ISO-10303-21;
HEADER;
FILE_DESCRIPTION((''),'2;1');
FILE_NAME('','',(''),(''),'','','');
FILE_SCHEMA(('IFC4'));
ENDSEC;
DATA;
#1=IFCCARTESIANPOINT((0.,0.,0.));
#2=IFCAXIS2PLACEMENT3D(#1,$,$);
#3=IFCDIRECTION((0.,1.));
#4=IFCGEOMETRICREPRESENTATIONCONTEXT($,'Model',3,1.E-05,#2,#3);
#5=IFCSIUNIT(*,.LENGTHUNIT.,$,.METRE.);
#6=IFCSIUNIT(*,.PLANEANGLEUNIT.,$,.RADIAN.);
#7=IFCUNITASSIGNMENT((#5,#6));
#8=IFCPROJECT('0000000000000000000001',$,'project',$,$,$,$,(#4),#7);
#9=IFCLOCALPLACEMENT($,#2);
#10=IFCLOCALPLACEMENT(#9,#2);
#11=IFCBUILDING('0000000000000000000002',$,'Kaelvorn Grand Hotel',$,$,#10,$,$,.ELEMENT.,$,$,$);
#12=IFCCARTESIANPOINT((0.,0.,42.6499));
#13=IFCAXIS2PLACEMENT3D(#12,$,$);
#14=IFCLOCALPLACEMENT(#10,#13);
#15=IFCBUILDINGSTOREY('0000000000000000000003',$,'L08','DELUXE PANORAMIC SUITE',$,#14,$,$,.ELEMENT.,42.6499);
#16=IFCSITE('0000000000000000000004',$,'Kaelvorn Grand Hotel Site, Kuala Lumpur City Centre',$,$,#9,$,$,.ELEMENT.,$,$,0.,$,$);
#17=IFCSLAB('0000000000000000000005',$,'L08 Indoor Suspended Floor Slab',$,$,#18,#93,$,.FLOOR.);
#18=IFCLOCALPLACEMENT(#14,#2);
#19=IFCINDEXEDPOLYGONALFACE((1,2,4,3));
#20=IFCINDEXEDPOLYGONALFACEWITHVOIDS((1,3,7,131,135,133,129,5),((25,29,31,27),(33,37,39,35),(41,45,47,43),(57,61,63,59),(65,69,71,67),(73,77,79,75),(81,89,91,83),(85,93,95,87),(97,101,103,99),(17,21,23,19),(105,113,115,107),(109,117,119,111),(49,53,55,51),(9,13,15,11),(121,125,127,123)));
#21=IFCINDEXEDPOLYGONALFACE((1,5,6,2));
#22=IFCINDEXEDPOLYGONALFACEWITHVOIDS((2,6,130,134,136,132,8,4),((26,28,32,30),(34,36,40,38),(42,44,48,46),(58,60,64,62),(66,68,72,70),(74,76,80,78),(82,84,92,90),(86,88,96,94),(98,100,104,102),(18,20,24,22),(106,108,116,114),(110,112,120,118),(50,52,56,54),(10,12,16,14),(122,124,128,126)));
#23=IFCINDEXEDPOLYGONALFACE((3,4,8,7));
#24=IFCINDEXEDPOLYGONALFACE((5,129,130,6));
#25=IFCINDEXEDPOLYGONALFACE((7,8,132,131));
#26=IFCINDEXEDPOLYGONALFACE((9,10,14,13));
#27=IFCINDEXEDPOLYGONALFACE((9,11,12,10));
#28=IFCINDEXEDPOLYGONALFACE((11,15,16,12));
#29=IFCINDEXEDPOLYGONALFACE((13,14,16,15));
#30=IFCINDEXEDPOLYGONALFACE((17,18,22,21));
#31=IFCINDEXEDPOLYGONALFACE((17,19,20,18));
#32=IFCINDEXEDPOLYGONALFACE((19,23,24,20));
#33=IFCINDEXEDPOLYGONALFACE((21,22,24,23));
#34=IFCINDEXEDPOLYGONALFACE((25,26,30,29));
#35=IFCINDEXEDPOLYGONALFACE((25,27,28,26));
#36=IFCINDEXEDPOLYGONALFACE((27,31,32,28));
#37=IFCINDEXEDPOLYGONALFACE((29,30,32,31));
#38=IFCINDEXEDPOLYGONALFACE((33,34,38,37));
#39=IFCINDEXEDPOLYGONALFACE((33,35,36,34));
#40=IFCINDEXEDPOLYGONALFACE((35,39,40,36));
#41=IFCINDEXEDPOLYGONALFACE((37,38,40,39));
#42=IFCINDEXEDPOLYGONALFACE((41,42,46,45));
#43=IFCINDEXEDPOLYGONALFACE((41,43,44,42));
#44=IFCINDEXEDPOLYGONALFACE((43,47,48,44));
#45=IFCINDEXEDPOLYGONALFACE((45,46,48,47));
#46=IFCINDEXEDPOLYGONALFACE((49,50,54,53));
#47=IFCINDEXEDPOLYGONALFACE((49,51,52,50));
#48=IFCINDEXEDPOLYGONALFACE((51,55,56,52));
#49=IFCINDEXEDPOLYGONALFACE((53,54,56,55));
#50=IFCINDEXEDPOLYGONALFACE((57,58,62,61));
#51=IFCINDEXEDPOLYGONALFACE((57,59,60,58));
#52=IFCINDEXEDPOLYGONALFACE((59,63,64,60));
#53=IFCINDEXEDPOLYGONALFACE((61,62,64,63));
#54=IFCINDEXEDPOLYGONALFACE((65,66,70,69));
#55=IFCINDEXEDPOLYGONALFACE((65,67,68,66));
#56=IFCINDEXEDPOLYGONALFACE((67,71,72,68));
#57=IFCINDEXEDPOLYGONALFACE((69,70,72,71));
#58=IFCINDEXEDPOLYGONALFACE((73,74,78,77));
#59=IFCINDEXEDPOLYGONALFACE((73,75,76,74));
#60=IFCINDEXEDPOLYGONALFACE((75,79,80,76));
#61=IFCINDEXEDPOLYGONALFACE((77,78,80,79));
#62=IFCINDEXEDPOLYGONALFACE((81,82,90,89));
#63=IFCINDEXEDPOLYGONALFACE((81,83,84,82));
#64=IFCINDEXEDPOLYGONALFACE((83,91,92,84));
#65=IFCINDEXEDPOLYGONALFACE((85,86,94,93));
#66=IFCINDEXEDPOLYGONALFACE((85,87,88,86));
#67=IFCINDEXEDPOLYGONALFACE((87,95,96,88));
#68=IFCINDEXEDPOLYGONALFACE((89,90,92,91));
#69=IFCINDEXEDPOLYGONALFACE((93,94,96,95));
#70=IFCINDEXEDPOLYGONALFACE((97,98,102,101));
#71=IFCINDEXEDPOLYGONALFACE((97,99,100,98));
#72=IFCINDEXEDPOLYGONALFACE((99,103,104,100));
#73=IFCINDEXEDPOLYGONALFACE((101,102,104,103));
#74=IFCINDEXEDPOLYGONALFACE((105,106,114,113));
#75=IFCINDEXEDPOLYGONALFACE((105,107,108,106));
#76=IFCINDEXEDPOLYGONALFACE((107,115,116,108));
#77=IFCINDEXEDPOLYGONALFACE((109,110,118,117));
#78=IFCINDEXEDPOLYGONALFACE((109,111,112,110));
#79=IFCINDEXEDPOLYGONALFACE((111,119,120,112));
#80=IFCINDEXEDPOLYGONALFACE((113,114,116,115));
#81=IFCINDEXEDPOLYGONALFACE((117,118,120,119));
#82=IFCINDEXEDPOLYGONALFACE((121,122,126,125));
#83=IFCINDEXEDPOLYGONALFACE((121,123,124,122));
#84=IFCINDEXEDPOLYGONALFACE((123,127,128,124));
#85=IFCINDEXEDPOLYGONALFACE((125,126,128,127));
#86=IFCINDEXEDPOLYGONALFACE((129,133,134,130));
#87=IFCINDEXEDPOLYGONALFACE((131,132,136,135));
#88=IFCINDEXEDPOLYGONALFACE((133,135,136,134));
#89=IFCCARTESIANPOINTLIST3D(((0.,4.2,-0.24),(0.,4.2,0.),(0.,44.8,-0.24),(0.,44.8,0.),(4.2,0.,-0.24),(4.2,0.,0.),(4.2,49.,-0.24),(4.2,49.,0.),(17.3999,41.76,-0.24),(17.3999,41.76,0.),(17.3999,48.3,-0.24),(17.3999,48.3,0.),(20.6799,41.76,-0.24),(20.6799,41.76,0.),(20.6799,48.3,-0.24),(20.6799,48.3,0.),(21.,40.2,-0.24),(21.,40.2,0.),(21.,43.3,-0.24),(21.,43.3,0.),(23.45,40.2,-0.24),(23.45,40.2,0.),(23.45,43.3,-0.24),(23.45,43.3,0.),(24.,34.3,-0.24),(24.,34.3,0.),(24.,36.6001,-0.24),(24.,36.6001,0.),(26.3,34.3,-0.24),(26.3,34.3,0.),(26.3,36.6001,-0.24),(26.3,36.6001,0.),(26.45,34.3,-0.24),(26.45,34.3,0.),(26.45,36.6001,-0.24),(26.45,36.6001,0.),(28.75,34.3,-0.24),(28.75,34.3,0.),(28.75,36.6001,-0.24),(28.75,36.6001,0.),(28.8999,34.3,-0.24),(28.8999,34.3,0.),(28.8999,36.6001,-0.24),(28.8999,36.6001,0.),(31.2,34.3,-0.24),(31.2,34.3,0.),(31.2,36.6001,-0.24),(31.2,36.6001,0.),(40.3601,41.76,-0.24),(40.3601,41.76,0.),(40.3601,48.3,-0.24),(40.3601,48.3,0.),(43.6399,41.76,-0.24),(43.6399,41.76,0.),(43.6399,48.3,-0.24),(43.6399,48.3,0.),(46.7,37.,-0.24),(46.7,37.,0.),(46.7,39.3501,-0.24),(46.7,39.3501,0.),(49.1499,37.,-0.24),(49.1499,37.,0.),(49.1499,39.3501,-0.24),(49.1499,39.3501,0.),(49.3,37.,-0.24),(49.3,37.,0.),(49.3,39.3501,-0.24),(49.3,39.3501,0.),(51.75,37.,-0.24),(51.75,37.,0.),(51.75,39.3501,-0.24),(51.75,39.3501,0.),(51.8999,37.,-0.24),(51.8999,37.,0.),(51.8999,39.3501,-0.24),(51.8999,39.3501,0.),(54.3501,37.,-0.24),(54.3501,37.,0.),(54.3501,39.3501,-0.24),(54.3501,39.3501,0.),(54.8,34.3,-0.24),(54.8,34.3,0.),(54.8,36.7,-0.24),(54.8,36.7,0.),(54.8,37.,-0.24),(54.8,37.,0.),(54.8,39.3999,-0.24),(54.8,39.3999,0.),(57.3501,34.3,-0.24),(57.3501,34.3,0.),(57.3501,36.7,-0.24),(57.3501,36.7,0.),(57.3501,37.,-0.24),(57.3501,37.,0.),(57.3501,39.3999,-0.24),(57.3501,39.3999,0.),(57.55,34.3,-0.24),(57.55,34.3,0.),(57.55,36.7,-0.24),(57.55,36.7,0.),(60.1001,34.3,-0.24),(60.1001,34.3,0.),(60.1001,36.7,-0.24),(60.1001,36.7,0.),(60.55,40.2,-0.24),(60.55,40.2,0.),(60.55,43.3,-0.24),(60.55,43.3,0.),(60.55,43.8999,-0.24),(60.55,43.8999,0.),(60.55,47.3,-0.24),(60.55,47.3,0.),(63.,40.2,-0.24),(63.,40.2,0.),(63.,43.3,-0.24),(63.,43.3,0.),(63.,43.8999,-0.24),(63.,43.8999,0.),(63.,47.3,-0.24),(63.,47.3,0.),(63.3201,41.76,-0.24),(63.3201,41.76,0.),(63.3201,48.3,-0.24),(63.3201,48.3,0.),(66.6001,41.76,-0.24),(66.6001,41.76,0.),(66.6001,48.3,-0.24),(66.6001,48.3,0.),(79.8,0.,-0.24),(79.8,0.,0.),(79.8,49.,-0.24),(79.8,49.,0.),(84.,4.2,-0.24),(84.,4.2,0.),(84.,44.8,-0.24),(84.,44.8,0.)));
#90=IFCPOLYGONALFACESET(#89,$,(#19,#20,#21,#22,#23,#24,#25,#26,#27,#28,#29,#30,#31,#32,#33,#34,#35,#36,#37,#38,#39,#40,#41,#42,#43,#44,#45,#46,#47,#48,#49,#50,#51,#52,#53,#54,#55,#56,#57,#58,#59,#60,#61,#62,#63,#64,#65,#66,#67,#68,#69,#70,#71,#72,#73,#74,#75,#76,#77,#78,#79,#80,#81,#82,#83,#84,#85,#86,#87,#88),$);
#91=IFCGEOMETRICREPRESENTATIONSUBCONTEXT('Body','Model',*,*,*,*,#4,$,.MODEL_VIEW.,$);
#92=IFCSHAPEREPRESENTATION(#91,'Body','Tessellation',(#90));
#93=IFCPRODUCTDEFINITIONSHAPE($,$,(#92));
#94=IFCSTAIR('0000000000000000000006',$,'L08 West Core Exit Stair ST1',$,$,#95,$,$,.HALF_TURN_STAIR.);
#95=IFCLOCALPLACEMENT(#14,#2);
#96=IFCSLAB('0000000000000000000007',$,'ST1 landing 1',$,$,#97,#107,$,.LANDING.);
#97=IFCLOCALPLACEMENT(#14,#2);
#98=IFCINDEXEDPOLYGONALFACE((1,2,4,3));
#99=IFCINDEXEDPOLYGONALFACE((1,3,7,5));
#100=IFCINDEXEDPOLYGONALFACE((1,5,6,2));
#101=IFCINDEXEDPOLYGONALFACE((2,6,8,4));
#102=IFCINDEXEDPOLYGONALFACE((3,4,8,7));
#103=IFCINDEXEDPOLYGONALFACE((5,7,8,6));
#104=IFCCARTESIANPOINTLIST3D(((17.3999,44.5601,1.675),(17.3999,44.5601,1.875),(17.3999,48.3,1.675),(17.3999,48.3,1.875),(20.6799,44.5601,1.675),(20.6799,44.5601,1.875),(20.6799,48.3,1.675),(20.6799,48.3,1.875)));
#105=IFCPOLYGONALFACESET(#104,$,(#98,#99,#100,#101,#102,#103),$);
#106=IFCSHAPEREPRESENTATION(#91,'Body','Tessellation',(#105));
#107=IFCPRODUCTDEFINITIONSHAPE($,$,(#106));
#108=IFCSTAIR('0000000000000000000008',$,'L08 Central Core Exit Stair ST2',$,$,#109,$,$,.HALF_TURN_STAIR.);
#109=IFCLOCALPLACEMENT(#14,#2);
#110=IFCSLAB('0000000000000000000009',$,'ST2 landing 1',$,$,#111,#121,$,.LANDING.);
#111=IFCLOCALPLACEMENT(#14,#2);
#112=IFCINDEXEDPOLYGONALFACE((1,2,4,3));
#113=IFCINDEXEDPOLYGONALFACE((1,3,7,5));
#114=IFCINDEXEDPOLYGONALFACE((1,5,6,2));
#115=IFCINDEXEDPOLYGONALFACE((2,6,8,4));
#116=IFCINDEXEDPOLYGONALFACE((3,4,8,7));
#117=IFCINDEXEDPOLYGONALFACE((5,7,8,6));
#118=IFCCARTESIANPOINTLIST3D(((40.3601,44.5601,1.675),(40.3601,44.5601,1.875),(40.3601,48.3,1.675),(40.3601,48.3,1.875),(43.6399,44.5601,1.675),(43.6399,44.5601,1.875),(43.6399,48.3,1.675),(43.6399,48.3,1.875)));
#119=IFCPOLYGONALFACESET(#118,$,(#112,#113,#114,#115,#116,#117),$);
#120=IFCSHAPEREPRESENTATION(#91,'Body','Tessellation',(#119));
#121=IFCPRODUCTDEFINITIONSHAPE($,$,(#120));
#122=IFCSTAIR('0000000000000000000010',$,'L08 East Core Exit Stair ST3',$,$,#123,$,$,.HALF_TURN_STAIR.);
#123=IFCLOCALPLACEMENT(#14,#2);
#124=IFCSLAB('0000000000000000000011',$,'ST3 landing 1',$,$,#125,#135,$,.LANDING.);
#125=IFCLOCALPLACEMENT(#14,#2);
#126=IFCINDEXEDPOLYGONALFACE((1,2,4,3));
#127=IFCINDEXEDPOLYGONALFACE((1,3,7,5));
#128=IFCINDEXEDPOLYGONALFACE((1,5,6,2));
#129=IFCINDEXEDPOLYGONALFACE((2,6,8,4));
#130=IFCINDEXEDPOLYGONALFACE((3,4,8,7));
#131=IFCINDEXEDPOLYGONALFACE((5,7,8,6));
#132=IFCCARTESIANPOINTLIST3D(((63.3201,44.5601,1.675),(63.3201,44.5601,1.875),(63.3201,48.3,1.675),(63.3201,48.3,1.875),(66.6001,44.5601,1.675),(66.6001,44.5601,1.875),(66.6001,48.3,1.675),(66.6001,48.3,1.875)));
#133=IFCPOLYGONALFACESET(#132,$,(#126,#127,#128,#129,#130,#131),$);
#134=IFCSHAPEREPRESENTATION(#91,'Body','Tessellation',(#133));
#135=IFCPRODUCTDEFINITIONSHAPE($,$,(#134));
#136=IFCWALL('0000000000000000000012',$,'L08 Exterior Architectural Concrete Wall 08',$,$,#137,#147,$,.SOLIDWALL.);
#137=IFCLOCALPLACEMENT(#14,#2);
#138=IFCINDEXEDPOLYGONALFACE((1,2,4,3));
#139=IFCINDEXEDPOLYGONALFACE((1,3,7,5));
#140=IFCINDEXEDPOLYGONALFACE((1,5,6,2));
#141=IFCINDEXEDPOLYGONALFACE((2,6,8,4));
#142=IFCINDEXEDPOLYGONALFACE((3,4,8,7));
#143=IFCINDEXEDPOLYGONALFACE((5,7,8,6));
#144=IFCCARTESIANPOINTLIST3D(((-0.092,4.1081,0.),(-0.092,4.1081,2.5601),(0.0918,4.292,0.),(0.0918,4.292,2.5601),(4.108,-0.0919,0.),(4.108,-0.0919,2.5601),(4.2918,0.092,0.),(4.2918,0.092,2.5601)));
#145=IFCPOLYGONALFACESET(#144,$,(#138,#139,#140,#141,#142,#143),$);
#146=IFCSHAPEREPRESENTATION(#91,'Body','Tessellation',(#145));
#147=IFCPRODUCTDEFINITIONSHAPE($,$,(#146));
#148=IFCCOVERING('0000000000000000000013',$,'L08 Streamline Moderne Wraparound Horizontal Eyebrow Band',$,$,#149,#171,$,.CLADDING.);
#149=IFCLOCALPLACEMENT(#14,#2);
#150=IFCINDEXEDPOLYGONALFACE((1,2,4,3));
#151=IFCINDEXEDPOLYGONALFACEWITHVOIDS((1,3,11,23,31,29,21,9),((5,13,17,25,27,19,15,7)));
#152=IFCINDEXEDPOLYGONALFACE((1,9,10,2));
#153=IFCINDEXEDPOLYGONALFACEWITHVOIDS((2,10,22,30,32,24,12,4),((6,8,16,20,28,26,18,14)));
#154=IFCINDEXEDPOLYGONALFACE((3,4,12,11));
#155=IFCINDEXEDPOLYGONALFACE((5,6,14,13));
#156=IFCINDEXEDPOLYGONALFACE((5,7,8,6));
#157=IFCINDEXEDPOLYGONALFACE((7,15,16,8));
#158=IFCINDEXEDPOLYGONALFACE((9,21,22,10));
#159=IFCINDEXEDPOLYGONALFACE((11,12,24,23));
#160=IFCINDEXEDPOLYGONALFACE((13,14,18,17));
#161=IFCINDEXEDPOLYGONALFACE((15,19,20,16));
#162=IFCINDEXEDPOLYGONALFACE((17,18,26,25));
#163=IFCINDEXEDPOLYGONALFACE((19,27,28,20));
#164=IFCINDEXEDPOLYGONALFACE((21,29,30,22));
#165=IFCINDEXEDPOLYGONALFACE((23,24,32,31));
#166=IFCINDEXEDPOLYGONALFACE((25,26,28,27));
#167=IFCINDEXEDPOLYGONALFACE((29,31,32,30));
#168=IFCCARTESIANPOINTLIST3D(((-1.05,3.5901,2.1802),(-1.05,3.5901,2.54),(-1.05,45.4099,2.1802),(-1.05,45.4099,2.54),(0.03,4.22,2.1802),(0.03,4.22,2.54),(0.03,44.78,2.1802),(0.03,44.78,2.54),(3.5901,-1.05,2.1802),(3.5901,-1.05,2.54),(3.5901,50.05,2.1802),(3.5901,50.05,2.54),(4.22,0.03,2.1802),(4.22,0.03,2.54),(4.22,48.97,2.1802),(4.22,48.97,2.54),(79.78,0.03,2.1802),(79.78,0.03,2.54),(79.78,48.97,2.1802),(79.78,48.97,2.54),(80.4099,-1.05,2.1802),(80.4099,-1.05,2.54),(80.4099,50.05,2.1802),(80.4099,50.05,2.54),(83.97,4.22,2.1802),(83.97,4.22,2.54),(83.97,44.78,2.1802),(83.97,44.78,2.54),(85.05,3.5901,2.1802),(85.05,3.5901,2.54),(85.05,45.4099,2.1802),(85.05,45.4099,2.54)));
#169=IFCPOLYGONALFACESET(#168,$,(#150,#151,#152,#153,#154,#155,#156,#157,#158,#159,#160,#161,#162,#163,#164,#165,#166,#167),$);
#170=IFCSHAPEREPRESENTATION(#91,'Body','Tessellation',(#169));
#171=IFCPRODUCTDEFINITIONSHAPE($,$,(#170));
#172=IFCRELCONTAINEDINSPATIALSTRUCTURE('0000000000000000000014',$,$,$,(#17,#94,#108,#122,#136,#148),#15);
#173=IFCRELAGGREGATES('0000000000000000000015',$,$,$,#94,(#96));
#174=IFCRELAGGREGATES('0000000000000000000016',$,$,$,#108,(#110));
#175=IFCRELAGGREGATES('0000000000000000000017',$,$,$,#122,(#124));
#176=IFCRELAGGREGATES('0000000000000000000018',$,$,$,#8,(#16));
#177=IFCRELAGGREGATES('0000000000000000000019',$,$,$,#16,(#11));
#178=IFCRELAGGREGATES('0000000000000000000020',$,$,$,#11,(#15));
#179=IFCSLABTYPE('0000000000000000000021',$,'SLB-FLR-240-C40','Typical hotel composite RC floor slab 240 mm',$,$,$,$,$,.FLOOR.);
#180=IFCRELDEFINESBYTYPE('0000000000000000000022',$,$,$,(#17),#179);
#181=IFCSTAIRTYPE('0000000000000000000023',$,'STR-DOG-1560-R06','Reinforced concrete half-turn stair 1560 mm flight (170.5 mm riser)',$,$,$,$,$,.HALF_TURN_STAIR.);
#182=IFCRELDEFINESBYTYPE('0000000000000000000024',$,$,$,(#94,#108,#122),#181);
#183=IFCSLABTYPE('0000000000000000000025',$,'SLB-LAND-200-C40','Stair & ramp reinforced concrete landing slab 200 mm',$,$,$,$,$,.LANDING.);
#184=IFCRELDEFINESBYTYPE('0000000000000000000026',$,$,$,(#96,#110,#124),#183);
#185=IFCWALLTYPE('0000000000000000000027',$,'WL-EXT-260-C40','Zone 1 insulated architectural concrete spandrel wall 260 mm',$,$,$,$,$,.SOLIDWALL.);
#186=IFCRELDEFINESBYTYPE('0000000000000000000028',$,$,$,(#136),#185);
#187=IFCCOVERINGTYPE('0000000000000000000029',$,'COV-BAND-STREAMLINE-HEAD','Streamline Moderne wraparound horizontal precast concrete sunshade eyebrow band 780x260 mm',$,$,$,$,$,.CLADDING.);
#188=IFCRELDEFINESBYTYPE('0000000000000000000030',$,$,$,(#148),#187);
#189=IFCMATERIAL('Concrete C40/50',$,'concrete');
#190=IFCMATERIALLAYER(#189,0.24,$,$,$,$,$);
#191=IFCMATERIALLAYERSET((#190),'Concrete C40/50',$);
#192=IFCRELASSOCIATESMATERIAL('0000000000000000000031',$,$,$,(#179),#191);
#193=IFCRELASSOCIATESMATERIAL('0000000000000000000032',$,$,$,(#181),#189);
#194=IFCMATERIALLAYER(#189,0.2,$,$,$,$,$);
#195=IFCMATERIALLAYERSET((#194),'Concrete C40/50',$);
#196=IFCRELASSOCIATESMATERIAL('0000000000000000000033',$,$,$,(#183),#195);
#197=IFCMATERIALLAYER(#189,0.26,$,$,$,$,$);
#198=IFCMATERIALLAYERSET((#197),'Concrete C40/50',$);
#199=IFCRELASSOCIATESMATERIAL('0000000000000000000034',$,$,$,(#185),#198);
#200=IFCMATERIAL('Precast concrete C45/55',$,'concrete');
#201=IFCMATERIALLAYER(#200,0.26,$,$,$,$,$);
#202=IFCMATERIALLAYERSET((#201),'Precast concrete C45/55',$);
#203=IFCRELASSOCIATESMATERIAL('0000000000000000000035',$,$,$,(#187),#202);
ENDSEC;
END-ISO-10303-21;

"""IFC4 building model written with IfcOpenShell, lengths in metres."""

from ifc_helpers import new_model, si_unit, direction, frame, frame_2d, origin, place, context, subcontext, project, spatial, polyline, rectangle, outline, extrude, material, layer, layer_set, type_object, element, aggregate, save


model = new_model("IFC4")

# Units and contexts
model_context = context("Model", 3, precision=1e-05, world=origin(), true_north=direction((0.0, 1.0)))
body_context = subcontext(model_context, "Body", "Model", "MODEL_VIEW")
ifc_project = project(units=[si_unit("LENGTHUNIT", "METRE"), si_unit("PLANEANGLEUNIT", "RADIAN")], contexts=[model_context])

# Site, building, storey
site_placement = place(None, origin())
site = spatial("IfcSite", under=ifc_project, at=site_placement, Name="Kaelvorn Grand Hotel Site, Kuala Lumpur City Centre", CompositionType="ELEMENT", RefElevation=0.0)
building_placement = place(site_placement, origin())
building = spatial("IfcBuilding", under=site, at=building_placement, Name="Kaelvorn Grand Hotel", CompositionType="ELEMENT")
storey_placement = place(building_placement, frame((0.0, 0.0, 42.6499)))
storey = spatial("IfcBuildingStorey", under=building, at=storey_placement, Name="L08", Description="DELUXE PANORAMIC SUITE", CompositionType="ELEMENT", Elevation=42.6499)

# Slab
ifc_material_1 = material(Name="Concrete C40/50", Category="concrete")
ifc_layer_1 = layer(ifc_material_1, 0.24)
ifc_layer_set_1 = layer_set([ifc_layer_1], Name="Concrete C40/50")
slab_type_1 = type_object("IfcSlabType", Name="SLB-FLR-240-C40", Description="Typical hotel composite RC floor slab 240 mm", PredefinedType="FLOOR", material=ifc_layer_set_1)
slab_1_placement = place(storey_placement, frame((0.0, 0.0, -0.24)))
element("IfcSlab", 1, at=slab_1_placement, inside=storey, type_object=slab_type_1, Name="L08 Indoor Suspended Floor Slab", PredefinedType="FLOOR", context=body_context, shape_type="SweptSolid", body=[
    extrude(outline(polyline([(4.2, 0.0), (79.8, 0.0), (84.0, 4.2), (84.0, 44.8), (79.8, 49.0), (4.2, 49.0), (0.0, 44.8), (0.0, 4.2), (4.2, 0.0)]), holes=[polyline([(17.3999, 41.76), (17.3999, 48.3), (20.6799, 48.3), (20.6799, 41.76), (17.3999, 41.76)]), polyline([(40.3601, 41.76), (40.3601, 48.3), (43.6399, 48.3), (43.6399, 41.76), (40.3601, 41.76)]), polyline([(63.3201, 41.76), (63.3201, 48.3), (66.6001, 48.3), (66.6001, 41.76), (63.3201, 41.76)]), polyline([(24.0, 34.3), (24.0, 36.6001), (26.3, 36.6001), (26.3, 34.3), (24.0, 34.3)]), polyline([(26.45, 34.3), (26.45, 36.6001), (28.75, 36.6001), (28.75, 34.3), (26.45, 34.3)]), polyline([(28.8999, 34.3), (28.8999, 36.6001), (31.2, 36.6001), (31.2, 34.3), (28.8999, 34.3)]), polyline([(46.7, 37.0), (46.7, 39.3501), (49.1499, 39.3501), (49.1499, 37.0), (46.7, 37.0)]), polyline([(49.3, 37.0), (49.3, 39.3501), (51.75, 39.3501), (51.75, 37.0), (49.3, 37.0)]), polyline([(51.8999, 37.0), (51.8999, 39.3501), (54.3501, 39.3501), (54.3501, 37.0), (51.8999, 37.0)]), polyline([(54.8, 34.3), (54.8, 36.7), (57.3501, 36.7), (57.3501, 34.3), (54.8, 34.3)]), polyline([(57.55, 34.3), (57.55, 36.7), (60.1001, 36.7), (60.1001, 34.3), (57.55, 34.3)]), polyline([(54.8, 37.0), (54.8, 39.3999), (57.3501, 39.3999), (57.3501, 37.0), (54.8, 37.0)]), polyline([(21.0, 40.2), (21.0, 43.3), (23.45, 43.3), (23.45, 40.2), (21.0, 40.2)]), polyline([(60.55, 40.2), (60.55, 43.3), (63.0, 43.3), (63.0, 40.2), (60.55, 40.2)]), polyline([(60.55, 43.8999), (60.55, 47.3), (63.0, 47.3), (63.0, 43.8999), (60.55, 43.8999)])]), origin(), (0.0, 0.0, 1.0), 0.24),
])

# Stairs, slabs
stair_type = type_object("IfcStairType", Name="STR-DOG-1560-R06", Description="Reinforced concrete half-turn stair 1560 mm flight (170.5 mm riser)", PredefinedType="HALF_TURN_STAIR", material=ifc_material_1)
stair_1_placement = place(storey_placement, origin())
stair_1 = element("IfcStair", 2, at=stair_1_placement, inside=storey, type_object=stair_type, Name="L08 West Core Exit Stair ST1", PredefinedType="HALF_TURN_STAIR")
ifc_layer_2 = layer(ifc_material_1, 0.2)
ifc_layer_set_2 = layer_set([ifc_layer_2], Name="Concrete C40/50")
slab_type_2 = type_object("IfcSlabType", Name="SLB-LAND-200-C40", Description="Stair & ramp reinforced concrete landing slab 200 mm", PredefinedType="LANDING", material=ifc_layer_set_2)
slab_2_placement = place(storey_placement, frame((0.0, 0.0, 1.675)))
slab_2 = element("IfcSlab", 3, at=slab_2_placement, type_object=slab_type_2, Name="ST1 landing 1", PredefinedType="LANDING", context=body_context, shape_type="SweptSolid", body=[
    extrude(outline(polyline([(20.6799, 44.5601), (20.6799, 48.3), (17.3999, 48.3), (17.3999, 44.5601), (20.6799, 44.5601)])), origin(), (0.0, 0.0, 1.0), 0.2),
])
aggregate(stair_1, [slab_2])
stair_2_placement = place(storey_placement, origin())
stair_2 = element("IfcStair", 4, at=stair_2_placement, inside=storey, type_object=stair_type, Name="L08 Central Core Exit Stair ST2", PredefinedType="HALF_TURN_STAIR")
slab_3_placement = place(storey_placement, frame((0.0, 0.0, 1.675)))
slab_3 = element("IfcSlab", 5, at=slab_3_placement, type_object=slab_type_2, Name="ST2 landing 1", PredefinedType="LANDING", context=body_context, shape_type="SweptSolid", body=[
    extrude(outline(polyline([(43.6399, 44.5601), (43.6399, 48.3), (40.3601, 48.3), (40.3601, 44.5601), (43.6399, 44.5601)])), origin(), (0.0, 0.0, 1.0), 0.2),
])
aggregate(stair_2, [slab_3])
stair_3_placement = place(storey_placement, origin())
stair_3 = element("IfcStair", 6, at=stair_3_placement, inside=storey, type_object=stair_type, Name="L08 East Core Exit Stair ST3", PredefinedType="HALF_TURN_STAIR")
slab_4_placement = place(storey_placement, frame((0.0, 0.0, 1.675)))
slab_4 = element("IfcSlab", 7, at=slab_4_placement, type_object=slab_type_2, Name="ST3 landing 1", PredefinedType="LANDING", context=body_context, shape_type="SweptSolid", body=[
    extrude(outline(polyline([(66.6001, 44.5601), (66.6001, 48.3), (63.3201, 48.3), (63.3201, 44.5601), (66.6001, 44.5601)])), origin(), (0.0, 0.0, 1.0), 0.2),
])
aggregate(stair_3, [slab_4])

# Wall
ifc_layer_3 = layer(ifc_material_1, 0.26)
ifc_layer_set_3 = layer_set([ifc_layer_3], Name="Concrete C40/50")
wall_type = type_object("IfcWallType", Name="WL-EXT-260-C40", Description="Zone 1 insulated architectural concrete spandrel wall 260 mm", PredefinedType="SOLIDWALL", material=ifc_layer_set_3)
wall_placement = place(storey_placement, frame((0.0, 4.2, 0.0), z_axis=(0.0, 0.0, 1.0), x_axis=(0.707107, -0.707107, 0.0)))
element("IfcWall", 8, at=wall_placement, inside=storey, type_object=wall_type, Name="L08 Exterior Architectural Concrete Wall 08", PredefinedType="SOLIDWALL", context=body_context, shape_type="SweptSolid", body=[
    extrude(rectangle(XDim=5.9397, YDim=0.26, at=frame_2d((2.9697, 0.0))), origin(), (0.0, 0.0, 1.0), 2.5601),
])

# Covering
ifc_material_2 = material(Name="Precast concrete C45/55", Category="concrete")
ifc_layer_4 = layer(ifc_material_2, 0.26)
ifc_layer_set_4 = layer_set([ifc_layer_4], Name="Precast concrete C45/55")
covering_type_1 = type_object("IfcCoveringType", Name="COV-BAND-STREAMLINE-HEAD", Description="Streamline Moderne wraparound horizontal precast concrete sunshade eyebrow band 780x260 mm", PredefinedType="CLADDING", material=ifc_layer_set_4)
covering_1_placement = place(storey_placement, frame((0.0, 0.0, 2.1802)))
element("IfcCovering", 9, at=covering_1_placement, inside=storey, type_object=covering_type_1, Name="L08 Streamline Moderne Wraparound Horizontal Eyebrow Band", PredefinedType="CLADDING", context=body_context, shape_type="SweptSolid", body=[
    extrude(outline(polyline([(3.5901, -1.05), (80.4099, -1.05), (85.05, 3.5901), (85.05, 45.4099), (80.4099, 50.05), (3.5901, 50.05), (-1.05, 45.4099), (-1.05, 3.5901), (3.5901, -1.05)]), holes=[polyline([(4.22, 0.03), (79.78, 0.03), (83.97, 4.22), (83.97, 44.78), (79.78, 48.97), (4.22, 48.97), (0.03, 44.78), (0.03, 4.22), (4.22, 0.03)])]), origin(), (0.0, 0.0, 1.0), 0.3599),
])

save(model, "model.ifc")
